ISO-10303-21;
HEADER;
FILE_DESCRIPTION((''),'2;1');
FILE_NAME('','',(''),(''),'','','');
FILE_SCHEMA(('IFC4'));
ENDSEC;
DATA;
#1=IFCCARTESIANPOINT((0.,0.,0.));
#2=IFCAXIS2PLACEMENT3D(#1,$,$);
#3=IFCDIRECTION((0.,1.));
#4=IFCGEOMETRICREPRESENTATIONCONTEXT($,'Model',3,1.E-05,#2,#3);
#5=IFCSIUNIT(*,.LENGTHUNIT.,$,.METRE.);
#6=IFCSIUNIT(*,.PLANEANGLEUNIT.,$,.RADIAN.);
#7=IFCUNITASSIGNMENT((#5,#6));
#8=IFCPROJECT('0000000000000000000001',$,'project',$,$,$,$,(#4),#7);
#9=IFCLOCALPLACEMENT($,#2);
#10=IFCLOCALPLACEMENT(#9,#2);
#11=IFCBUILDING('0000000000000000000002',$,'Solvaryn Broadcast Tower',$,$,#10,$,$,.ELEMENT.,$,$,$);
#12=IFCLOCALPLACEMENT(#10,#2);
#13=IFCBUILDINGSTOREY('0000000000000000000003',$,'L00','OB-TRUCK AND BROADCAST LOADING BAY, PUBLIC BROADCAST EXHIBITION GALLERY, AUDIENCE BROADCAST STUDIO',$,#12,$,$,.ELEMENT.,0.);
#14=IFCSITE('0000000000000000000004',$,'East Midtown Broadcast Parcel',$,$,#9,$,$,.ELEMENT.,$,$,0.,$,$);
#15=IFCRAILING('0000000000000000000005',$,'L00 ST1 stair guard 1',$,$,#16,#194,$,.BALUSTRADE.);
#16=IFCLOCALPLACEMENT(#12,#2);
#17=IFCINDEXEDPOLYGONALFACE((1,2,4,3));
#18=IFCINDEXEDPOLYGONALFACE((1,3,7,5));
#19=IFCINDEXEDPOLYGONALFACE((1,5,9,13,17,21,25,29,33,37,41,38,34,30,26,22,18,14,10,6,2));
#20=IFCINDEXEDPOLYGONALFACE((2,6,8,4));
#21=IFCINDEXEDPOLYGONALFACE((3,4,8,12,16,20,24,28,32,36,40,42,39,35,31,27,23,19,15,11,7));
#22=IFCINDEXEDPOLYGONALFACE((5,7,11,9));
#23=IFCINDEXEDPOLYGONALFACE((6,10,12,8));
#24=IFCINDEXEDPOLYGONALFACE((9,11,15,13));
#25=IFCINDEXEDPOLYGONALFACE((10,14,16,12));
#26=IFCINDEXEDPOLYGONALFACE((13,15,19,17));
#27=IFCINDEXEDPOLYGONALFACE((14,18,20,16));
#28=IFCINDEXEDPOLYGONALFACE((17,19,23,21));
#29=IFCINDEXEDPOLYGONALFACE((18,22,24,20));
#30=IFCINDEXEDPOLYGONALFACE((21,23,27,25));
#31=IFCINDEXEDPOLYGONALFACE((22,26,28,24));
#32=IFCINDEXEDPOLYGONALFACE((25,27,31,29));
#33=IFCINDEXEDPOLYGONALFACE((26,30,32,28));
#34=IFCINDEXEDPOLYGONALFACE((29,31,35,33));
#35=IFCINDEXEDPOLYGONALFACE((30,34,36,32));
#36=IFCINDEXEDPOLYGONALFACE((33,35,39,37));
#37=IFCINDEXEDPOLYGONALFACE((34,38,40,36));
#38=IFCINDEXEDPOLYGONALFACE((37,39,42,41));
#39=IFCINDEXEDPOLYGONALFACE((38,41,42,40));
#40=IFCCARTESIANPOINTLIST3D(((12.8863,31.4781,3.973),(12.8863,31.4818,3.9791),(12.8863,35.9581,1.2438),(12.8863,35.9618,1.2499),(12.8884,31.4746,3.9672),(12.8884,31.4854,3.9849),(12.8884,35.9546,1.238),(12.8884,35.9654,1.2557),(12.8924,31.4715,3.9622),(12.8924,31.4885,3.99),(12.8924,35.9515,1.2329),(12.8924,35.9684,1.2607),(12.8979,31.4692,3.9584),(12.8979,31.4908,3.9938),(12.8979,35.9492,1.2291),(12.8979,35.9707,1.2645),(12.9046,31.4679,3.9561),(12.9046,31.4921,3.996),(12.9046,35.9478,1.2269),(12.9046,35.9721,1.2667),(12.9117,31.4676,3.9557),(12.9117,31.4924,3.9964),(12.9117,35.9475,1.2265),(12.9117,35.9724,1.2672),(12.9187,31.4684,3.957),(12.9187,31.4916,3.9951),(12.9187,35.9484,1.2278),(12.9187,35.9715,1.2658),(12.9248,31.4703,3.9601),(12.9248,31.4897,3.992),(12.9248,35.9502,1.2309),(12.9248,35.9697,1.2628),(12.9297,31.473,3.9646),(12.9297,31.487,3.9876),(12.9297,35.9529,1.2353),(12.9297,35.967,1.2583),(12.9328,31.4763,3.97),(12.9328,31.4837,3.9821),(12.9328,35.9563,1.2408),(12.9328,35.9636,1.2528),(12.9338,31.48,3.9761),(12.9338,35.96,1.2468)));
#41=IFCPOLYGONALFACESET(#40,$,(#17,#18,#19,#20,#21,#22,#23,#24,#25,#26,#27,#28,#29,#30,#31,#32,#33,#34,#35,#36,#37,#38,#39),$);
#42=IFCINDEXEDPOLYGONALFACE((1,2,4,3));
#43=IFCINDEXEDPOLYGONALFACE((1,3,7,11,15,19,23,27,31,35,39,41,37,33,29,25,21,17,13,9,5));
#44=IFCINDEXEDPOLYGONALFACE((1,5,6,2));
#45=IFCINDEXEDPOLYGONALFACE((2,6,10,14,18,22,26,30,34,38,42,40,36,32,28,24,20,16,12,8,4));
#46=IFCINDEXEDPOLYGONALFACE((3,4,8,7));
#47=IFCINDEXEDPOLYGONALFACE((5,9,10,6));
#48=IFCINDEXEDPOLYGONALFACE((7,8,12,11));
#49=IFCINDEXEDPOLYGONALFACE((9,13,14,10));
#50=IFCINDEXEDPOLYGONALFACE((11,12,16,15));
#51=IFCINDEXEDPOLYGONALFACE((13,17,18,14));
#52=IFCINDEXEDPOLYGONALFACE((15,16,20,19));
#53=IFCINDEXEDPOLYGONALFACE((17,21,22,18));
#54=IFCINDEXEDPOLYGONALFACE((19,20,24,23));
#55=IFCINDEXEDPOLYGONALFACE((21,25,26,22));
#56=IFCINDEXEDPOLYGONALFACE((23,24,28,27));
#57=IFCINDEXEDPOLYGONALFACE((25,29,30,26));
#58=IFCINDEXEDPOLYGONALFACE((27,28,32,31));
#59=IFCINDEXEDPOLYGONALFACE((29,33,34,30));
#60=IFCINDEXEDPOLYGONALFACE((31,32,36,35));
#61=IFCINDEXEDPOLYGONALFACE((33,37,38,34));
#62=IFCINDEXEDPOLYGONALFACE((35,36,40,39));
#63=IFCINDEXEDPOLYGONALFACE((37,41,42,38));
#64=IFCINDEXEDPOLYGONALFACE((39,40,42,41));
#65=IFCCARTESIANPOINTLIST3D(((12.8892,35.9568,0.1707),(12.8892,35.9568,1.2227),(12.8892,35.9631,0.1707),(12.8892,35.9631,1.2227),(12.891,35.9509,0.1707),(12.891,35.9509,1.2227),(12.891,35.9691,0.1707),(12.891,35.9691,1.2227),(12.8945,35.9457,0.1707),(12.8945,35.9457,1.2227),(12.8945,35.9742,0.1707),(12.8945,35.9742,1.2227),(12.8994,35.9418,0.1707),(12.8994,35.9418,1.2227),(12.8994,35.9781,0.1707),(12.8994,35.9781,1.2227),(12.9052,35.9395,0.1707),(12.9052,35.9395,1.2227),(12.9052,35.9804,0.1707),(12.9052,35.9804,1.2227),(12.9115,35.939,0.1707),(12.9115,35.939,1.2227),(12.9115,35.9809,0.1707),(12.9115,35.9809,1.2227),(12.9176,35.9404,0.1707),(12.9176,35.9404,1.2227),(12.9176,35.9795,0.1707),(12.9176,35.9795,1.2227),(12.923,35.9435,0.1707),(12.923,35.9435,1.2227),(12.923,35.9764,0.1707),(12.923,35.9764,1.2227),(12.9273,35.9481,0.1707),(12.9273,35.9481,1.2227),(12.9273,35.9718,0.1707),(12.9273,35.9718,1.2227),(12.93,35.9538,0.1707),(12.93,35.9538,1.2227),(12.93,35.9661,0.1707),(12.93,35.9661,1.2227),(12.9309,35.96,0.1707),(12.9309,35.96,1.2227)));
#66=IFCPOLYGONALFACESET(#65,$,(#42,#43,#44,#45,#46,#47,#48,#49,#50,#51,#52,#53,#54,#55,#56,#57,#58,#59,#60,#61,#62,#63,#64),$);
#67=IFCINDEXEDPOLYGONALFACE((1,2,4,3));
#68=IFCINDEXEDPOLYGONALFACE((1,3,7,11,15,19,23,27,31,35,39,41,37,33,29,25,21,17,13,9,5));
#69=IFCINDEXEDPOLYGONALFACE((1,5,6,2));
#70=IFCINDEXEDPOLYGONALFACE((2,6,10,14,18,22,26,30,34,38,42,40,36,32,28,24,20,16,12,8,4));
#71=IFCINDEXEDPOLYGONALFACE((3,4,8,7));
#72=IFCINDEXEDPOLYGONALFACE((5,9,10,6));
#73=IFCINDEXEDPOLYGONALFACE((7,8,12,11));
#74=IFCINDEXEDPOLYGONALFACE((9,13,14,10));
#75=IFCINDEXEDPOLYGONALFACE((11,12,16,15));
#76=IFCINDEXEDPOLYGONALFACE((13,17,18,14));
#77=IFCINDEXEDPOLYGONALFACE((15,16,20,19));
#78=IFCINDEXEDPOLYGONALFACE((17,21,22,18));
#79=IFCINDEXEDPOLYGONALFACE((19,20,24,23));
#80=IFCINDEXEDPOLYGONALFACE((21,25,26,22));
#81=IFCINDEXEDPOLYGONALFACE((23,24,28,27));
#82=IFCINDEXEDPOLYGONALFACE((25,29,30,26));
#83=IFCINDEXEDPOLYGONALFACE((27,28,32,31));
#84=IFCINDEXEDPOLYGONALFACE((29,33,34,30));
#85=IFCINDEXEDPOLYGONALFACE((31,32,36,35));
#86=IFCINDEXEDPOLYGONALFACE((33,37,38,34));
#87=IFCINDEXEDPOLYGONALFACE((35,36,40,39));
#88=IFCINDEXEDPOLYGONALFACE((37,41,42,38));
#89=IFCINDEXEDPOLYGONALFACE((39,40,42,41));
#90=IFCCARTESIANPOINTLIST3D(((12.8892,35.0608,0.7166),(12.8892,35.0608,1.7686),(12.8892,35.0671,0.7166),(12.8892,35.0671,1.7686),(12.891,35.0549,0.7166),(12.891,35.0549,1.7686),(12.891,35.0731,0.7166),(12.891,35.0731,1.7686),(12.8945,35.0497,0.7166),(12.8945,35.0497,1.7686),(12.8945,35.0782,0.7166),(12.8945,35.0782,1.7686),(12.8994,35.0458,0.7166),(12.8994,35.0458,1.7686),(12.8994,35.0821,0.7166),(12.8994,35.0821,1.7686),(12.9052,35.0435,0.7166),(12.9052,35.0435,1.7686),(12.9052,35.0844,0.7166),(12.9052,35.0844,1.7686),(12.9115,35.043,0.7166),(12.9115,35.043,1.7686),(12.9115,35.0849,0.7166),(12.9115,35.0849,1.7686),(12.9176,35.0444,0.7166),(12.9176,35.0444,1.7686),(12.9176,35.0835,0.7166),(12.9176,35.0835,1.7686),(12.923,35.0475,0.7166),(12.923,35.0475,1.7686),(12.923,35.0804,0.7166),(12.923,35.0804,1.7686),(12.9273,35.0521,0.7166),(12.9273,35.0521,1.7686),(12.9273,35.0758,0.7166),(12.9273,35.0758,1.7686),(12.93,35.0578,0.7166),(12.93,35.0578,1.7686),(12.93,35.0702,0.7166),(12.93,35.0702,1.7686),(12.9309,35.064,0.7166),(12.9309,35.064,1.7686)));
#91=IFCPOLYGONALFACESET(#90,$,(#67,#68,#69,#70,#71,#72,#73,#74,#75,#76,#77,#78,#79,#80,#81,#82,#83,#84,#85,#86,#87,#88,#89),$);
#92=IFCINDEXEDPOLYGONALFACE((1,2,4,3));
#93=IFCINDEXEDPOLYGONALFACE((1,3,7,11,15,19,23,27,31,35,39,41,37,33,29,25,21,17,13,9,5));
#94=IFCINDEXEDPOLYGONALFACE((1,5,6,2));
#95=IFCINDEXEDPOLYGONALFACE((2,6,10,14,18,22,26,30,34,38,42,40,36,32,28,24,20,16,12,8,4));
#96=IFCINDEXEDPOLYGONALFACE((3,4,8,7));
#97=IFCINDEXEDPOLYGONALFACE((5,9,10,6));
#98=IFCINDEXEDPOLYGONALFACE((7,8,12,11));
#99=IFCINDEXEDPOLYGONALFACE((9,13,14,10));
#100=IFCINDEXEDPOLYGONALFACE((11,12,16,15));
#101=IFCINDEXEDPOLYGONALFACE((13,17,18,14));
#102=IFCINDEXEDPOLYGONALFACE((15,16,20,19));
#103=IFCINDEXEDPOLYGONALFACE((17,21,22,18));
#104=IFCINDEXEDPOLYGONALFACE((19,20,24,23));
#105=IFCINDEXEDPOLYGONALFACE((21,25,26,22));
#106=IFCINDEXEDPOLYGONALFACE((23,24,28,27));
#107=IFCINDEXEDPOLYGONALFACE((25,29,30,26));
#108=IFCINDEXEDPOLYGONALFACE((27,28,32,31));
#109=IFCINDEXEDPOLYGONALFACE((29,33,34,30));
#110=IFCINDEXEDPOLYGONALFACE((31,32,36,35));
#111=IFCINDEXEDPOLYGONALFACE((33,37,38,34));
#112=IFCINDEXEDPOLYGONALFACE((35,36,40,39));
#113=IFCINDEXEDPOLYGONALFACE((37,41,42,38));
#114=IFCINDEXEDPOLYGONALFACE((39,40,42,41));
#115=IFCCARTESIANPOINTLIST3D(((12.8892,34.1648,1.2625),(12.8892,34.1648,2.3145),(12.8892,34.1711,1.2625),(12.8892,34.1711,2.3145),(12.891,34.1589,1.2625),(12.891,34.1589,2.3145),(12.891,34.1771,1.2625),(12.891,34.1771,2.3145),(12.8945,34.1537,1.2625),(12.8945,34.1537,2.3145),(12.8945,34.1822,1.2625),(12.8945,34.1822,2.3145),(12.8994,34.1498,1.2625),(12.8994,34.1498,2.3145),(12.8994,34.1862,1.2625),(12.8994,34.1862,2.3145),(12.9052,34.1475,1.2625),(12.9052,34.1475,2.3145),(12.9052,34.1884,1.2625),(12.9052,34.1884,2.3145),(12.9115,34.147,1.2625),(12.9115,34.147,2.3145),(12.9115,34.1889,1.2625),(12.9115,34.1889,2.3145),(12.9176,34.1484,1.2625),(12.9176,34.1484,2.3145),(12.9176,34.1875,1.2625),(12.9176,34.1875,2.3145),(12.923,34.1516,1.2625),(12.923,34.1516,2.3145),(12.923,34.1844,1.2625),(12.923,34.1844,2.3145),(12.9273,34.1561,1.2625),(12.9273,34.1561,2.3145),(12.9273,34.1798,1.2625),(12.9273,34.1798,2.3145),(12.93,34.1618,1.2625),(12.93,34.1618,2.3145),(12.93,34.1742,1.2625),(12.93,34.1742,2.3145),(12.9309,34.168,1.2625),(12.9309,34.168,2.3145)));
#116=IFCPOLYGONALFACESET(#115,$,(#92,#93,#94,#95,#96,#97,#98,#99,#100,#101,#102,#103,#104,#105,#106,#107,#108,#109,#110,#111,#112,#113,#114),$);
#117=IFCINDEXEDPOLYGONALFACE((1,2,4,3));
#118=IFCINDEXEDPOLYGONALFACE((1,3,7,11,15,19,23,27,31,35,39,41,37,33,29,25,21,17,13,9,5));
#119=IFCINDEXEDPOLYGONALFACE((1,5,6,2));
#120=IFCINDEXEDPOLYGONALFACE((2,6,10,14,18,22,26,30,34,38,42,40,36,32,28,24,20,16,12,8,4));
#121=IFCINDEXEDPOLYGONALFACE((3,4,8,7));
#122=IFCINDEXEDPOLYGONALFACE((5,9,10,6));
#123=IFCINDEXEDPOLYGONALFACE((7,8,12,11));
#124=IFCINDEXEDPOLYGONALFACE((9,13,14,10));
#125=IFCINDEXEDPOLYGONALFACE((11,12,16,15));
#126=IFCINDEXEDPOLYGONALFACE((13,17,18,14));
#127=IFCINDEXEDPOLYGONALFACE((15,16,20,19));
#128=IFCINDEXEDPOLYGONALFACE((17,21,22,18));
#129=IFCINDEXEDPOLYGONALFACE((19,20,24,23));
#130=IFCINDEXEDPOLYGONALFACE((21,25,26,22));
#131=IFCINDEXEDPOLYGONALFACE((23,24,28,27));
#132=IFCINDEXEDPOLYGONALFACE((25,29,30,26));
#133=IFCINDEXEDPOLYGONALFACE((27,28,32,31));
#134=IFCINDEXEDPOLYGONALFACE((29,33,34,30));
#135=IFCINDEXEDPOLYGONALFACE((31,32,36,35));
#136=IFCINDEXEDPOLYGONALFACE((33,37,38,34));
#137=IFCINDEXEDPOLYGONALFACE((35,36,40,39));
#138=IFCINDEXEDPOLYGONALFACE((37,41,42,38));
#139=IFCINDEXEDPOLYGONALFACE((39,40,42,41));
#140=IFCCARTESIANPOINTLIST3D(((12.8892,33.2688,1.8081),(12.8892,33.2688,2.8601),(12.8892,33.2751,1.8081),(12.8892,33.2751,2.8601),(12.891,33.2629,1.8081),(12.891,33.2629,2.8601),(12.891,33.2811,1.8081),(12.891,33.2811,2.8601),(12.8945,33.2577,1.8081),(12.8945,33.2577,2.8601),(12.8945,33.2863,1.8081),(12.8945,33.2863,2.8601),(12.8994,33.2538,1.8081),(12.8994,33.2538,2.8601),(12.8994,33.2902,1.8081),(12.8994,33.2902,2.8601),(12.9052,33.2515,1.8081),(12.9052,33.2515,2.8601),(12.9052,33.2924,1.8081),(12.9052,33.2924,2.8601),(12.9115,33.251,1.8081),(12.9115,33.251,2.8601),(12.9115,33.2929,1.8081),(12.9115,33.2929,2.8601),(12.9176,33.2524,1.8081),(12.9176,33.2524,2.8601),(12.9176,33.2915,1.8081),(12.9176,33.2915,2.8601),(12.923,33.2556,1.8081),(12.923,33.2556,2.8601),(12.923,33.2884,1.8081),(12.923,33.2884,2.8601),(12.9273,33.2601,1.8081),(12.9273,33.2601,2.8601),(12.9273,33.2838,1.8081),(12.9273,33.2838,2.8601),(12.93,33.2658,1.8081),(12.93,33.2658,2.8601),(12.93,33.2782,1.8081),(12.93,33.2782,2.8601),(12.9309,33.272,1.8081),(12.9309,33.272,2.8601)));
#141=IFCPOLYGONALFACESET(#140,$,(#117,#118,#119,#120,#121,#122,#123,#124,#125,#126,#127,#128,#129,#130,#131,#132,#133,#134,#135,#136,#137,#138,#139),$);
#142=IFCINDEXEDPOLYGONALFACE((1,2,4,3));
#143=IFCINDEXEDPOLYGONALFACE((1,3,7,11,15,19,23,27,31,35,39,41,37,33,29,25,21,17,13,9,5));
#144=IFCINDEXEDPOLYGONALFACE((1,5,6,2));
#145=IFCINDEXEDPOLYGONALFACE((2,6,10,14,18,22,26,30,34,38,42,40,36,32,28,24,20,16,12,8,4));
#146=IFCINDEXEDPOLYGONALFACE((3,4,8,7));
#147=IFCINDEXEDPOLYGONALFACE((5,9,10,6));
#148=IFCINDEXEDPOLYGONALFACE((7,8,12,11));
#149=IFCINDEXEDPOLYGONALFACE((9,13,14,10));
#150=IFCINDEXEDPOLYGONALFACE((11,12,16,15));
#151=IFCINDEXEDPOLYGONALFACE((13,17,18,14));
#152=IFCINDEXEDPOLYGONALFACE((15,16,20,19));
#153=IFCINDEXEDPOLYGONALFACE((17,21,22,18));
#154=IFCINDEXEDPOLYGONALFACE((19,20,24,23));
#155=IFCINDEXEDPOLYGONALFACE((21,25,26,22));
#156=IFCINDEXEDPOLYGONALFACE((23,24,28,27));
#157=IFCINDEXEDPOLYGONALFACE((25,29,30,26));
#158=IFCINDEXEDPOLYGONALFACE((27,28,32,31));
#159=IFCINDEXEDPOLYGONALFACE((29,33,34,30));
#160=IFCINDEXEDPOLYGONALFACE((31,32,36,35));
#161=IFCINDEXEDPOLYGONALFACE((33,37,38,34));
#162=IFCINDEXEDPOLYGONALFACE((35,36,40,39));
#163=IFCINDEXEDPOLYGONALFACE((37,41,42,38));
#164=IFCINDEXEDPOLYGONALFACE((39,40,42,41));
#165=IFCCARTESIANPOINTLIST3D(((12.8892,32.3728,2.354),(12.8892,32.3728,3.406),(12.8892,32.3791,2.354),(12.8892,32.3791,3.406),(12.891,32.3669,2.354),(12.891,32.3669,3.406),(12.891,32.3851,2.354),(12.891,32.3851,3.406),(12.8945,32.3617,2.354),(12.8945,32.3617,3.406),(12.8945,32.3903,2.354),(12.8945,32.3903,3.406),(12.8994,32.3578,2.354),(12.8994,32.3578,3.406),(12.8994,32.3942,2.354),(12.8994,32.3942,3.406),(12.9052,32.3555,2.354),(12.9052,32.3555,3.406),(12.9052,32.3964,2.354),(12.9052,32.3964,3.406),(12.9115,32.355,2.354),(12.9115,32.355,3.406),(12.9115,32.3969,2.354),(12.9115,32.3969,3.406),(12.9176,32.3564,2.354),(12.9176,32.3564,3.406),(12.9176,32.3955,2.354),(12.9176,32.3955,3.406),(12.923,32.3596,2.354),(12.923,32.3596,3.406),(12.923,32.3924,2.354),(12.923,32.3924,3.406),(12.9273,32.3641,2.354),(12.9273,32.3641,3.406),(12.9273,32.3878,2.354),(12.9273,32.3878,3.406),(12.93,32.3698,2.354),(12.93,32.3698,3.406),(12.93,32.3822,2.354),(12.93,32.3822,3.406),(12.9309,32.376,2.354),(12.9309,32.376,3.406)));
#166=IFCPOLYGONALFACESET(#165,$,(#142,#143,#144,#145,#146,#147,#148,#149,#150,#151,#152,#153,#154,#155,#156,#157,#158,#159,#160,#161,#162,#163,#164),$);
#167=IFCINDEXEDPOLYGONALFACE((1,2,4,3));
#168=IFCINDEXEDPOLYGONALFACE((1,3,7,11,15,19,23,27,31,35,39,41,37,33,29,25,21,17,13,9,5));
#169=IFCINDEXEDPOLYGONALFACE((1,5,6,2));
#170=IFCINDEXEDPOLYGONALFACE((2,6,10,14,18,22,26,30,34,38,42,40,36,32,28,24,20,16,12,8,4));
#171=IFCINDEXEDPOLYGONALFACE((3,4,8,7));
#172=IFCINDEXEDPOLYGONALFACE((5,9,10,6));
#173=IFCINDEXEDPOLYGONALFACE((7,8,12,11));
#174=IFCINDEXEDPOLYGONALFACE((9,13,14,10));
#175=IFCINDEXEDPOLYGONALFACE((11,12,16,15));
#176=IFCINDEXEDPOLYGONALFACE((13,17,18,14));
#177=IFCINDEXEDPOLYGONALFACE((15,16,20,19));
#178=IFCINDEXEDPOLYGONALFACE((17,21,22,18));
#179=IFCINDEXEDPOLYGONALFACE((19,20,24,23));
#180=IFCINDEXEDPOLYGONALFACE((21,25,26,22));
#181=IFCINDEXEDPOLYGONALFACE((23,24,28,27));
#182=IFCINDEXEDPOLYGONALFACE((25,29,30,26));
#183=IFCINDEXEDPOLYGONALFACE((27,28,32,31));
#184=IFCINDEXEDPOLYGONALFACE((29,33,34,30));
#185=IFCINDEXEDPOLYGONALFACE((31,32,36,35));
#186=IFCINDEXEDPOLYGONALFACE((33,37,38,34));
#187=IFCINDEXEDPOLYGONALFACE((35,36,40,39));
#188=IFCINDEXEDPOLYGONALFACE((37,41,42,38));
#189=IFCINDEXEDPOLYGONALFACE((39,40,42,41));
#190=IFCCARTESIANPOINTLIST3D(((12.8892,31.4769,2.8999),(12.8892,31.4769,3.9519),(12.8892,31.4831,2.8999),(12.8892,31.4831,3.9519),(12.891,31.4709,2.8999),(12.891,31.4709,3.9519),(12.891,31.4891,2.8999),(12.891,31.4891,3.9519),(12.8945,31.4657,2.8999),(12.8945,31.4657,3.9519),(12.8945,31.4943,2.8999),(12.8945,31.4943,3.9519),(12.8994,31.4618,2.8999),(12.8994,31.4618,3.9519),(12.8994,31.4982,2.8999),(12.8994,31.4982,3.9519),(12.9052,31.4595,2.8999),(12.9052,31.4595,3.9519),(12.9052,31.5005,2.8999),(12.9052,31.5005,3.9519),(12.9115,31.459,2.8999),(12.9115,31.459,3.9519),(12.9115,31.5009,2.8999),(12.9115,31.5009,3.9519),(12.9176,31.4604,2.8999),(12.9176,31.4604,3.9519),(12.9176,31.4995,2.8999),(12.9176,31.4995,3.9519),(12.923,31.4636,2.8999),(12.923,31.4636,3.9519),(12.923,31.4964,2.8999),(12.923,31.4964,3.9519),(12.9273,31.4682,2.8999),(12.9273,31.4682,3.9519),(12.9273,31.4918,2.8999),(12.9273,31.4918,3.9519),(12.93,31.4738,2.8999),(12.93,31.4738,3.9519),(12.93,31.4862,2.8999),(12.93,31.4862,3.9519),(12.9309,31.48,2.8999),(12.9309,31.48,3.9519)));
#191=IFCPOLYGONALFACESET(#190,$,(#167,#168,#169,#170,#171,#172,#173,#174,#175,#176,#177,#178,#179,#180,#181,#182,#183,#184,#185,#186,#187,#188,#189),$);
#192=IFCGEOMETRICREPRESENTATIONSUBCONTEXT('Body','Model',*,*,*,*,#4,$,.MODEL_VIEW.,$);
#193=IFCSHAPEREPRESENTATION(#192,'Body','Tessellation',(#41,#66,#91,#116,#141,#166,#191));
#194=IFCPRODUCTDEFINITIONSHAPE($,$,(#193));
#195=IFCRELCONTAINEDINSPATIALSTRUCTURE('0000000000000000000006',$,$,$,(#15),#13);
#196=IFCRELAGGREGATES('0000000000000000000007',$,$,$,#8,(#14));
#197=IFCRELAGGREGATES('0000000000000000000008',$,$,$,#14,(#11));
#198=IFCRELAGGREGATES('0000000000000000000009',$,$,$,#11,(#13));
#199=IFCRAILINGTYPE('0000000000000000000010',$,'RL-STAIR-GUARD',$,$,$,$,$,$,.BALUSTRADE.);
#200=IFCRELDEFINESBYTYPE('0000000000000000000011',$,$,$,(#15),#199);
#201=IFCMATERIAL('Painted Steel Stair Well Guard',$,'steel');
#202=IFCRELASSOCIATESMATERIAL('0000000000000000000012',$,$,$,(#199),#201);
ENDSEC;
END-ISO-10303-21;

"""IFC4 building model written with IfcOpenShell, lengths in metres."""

from ifc_helpers import new_model, si_unit, direction, frame, origin, origin_2d, place, context, subcontext, project, spatial, circle, extrude, material, type_object, element, save


model = new_model("IFC4")

# Units and contexts
model_context = context("Model", 3, precision=1e-05, world=origin(), true_north=direction((0.0, 1.0)))
body_context = subcontext(model_context, "Body", "Model", "MODEL_VIEW")
ifc_project = project(units=[si_unit("LENGTHUNIT", "METRE"), si_unit("PLANEANGLEUNIT", "RADIAN")], contexts=[model_context])

# Site, building, storey
site_placement = place(None, origin())
site = spatial("IfcSite", under=ifc_project, at=site_placement, Name="East Midtown Broadcast Parcel", CompositionType="ELEMENT", RefElevation=0.0)
building_placement = place(site_placement, origin())
building = spatial("IfcBuilding", under=site, at=building_placement, Name="Solvaryn Broadcast Tower", CompositionType="ELEMENT")
storey_placement = place(building_placement, origin())
storey = spatial("IfcBuildingStorey", under=building, at=storey_placement, Name="L00", Description="OB-TRUCK AND BROADCAST LOADING BAY, PUBLIC BROADCAST EXHIBITION GALLERY, AUDIENCE BROADCAST STUDIO", CompositionType="ELEMENT", Elevation=0.0)

# Railing
ifc_material_1 = material(Name="Painted Steel Stair Well Guard", Category="steel")
railing_type_1 = type_object("IfcRailingType", Name="RL-STAIR-GUARD", PredefinedType="BALUSTRADE", material=ifc_material_1)
railing_1_placement = place(storey_placement, frame((12.9099, 35.96, 0.1707)))
element("IfcRailing", 1, at=railing_1_placement, inside=storey, type_object=railing_type_1, Name="L00 ST1 stair guard 1", PredefinedType="BALUSTRADE", context=body_context, shape_type="SweptSolid", body=[
    extrude(circle(Radius=0.0239, at=origin_2d()), frame((0.0, 0.0, 1.0762), z_axis=(0.0, -0.854003, 0.520267), x_axis=(1.0, 0.0, 0.0)), (0.0, 0.0, 1.0), 5.2458),
    extrude(circle(Radius=0.021, at=origin_2d()), origin(), (0.0, 0.0, 1.0), 1.052),
    extrude(circle(Radius=0.021, at=origin_2d()), frame((0.0, -0.896, 0.5459)), (0.0, 0.0, 1.0), 1.052),
    extrude(circle(Radius=0.021, at=origin_2d()), frame((0.0, -1.792, 1.0918)), (0.0, 0.0, 1.0), 1.052),
    extrude(circle(Radius=0.021, at=origin_2d()), frame((0.0, -2.688, 1.6375)), (0.0, 0.0, 1.0), 1.052),
    extrude(circle(Radius=0.021, at=origin_2d()), frame((0.0, -3.584, 2.1833)), (0.0, 0.0, 1.0), 1.052),
    extrude(circle(Radius=0.021, at=origin_2d()), frame((0.0, -4.48, 2.7292)), (0.0, 0.0, 1.0), 1.052),
])

save(model, "model.ifc")
